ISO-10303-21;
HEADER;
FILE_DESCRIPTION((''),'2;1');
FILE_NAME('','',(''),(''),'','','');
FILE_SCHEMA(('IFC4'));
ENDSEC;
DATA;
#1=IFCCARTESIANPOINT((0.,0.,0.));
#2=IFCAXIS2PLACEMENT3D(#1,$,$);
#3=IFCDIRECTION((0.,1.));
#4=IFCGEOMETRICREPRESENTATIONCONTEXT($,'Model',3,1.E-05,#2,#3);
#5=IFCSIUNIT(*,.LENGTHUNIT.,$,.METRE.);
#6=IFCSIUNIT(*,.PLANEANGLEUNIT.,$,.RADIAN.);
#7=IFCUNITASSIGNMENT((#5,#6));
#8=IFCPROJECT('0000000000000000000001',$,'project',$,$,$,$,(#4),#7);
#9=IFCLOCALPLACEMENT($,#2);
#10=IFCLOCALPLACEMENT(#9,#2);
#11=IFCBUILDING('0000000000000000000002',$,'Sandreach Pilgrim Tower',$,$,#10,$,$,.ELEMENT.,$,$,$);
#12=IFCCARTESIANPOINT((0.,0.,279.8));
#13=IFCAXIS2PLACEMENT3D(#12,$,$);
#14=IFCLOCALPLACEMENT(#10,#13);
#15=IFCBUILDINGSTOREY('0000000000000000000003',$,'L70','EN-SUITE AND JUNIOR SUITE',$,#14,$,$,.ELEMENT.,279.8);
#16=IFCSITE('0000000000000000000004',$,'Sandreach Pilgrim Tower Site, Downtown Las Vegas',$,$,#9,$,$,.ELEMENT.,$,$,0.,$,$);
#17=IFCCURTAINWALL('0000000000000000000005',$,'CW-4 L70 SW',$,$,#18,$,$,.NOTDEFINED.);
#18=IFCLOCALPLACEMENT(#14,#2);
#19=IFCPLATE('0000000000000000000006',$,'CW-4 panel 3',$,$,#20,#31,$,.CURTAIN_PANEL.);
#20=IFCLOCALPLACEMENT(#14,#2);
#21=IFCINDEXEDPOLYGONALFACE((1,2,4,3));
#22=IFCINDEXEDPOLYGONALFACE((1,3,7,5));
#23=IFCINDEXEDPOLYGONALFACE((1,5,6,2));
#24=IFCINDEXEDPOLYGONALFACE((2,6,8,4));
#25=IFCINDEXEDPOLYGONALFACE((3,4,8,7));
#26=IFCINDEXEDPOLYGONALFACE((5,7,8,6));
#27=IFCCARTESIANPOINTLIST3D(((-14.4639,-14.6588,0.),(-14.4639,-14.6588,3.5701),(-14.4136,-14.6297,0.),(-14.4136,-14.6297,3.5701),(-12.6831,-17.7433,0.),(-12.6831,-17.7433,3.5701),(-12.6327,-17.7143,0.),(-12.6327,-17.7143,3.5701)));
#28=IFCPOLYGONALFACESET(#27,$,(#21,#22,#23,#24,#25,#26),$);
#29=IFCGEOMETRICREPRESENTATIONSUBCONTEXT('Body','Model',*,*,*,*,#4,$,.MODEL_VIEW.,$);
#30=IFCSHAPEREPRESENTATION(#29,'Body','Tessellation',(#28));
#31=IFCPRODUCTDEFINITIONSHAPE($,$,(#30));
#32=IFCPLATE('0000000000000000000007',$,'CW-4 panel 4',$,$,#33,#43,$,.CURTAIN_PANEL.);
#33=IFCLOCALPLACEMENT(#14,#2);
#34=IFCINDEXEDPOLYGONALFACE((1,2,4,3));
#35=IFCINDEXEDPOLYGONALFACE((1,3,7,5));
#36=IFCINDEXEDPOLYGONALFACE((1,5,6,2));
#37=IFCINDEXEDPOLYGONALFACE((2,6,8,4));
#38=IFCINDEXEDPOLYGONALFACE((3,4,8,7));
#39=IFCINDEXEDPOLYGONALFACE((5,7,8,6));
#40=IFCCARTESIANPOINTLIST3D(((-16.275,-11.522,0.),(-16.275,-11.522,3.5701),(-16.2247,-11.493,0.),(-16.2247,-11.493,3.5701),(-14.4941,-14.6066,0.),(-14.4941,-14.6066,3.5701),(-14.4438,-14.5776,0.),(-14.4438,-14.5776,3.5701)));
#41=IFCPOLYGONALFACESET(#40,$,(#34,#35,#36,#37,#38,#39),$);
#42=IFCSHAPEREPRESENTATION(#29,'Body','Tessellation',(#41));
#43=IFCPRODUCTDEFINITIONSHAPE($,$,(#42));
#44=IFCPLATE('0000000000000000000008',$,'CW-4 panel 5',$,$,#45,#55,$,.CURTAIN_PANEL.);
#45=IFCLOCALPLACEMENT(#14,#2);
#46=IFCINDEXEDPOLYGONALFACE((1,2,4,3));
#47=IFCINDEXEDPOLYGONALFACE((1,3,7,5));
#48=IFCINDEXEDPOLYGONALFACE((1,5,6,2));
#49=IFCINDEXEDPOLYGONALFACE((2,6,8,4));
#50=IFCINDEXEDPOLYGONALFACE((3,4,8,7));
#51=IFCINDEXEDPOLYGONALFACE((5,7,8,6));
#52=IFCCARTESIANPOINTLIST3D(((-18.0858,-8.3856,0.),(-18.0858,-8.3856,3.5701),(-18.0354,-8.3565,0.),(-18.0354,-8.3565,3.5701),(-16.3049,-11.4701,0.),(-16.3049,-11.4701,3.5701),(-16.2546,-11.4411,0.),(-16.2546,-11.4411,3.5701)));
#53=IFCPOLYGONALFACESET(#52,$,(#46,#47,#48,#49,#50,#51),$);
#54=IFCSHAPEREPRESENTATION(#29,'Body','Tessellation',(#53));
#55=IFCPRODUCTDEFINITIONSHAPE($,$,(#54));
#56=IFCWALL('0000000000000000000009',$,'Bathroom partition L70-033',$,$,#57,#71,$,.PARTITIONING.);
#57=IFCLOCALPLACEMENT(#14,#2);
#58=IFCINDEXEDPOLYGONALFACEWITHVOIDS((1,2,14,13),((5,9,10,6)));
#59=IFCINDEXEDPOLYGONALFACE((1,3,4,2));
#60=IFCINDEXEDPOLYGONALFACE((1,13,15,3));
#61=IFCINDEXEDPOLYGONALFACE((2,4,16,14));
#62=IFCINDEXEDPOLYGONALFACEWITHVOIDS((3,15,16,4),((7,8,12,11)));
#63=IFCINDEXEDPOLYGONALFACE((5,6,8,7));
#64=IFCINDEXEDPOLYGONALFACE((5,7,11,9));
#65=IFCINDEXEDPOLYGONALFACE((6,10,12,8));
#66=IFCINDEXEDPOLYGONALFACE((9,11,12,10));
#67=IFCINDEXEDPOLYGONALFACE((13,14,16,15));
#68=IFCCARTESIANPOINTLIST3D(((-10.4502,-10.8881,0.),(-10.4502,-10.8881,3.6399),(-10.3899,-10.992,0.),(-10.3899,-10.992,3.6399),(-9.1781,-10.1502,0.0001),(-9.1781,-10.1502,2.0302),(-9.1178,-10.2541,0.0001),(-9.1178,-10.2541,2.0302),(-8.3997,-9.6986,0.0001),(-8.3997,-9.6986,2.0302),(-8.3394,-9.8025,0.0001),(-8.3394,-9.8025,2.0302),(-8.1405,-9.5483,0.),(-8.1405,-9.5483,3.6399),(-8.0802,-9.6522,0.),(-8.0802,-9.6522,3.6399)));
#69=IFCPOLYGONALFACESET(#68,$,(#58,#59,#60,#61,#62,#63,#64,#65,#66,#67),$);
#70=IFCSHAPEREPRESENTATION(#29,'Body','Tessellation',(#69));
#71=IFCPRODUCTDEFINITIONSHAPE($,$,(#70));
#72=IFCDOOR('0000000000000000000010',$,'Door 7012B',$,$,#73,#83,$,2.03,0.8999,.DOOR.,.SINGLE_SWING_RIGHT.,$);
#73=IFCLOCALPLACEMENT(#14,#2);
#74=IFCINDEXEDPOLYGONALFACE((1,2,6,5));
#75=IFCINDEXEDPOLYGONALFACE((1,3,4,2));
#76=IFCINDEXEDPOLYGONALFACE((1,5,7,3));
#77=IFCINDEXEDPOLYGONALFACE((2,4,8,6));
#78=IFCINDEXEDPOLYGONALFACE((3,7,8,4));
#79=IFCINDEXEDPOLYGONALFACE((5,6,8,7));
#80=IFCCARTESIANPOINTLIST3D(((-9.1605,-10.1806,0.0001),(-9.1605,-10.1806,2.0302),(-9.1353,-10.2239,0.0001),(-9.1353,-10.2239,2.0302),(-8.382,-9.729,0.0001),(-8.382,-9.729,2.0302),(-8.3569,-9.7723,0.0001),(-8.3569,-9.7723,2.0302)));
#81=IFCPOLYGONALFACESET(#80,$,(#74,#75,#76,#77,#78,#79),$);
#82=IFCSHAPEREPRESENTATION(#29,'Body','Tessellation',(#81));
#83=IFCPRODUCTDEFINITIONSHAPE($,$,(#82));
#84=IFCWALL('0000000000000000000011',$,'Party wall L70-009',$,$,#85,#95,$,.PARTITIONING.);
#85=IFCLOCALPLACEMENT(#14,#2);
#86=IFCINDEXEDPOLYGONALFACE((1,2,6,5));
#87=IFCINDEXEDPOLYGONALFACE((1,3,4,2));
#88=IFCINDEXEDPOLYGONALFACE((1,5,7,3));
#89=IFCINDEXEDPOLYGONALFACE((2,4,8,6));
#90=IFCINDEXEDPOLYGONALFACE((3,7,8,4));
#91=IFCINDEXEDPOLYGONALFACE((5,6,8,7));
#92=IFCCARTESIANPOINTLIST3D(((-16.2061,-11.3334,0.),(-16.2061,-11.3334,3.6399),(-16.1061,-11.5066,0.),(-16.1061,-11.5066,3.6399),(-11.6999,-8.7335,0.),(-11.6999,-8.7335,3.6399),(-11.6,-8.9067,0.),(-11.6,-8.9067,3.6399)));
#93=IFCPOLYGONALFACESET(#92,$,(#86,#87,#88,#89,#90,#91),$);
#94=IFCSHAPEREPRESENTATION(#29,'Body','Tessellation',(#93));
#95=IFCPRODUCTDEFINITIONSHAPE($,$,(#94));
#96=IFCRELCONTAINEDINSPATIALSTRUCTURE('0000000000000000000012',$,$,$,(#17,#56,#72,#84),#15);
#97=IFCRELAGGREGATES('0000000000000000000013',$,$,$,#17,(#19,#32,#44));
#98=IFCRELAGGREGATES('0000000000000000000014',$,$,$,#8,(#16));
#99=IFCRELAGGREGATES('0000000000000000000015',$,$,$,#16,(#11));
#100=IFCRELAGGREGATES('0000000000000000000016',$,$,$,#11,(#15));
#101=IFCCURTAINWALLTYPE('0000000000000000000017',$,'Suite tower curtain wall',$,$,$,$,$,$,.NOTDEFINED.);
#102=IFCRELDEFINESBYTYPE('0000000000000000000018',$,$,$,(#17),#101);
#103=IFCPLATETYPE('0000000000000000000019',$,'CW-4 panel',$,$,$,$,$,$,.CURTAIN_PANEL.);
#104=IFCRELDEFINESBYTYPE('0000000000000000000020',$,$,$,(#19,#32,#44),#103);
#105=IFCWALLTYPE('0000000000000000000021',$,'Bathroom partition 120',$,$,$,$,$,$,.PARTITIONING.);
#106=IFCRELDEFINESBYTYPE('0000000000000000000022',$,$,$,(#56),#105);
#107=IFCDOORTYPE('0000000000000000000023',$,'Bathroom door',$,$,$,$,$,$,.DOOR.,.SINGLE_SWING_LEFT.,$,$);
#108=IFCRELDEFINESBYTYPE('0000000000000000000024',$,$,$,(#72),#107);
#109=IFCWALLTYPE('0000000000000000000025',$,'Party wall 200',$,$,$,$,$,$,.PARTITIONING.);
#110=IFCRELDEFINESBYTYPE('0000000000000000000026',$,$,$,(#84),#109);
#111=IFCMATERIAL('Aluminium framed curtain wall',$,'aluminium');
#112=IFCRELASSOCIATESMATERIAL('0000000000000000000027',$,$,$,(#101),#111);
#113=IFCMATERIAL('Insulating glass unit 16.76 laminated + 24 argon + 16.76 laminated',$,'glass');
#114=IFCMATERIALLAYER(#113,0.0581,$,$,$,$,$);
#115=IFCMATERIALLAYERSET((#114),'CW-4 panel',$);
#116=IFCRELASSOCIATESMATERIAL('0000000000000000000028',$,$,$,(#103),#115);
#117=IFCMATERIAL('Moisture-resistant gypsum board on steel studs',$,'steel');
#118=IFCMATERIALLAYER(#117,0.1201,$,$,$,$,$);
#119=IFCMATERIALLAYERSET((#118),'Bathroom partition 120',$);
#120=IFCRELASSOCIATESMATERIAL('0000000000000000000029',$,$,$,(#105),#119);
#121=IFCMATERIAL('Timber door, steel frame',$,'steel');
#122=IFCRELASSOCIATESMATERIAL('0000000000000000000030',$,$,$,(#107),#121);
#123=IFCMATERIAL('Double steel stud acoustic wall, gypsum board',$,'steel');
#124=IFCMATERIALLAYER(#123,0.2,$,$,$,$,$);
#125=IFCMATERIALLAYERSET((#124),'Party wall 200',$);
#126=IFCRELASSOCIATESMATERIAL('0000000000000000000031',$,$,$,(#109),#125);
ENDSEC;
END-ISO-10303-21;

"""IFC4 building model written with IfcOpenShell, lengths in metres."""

from ifc_helpers import new_model, si_unit, direction, frame, frame_2d, origin, origin_2d, place, context, subcontext, project, spatial, rectangle, extrude, material, layer, layer_set, type_object, element, fill, aggregate, save


model = new_model("IFC4")

# Units and contexts
model_context = context("Model", 3, precision=1e-05, world=origin(), true_north=direction((0.0, 1.0)))
body_context = subcontext(model_context, "Body", "Model", "MODEL_VIEW")
ifc_project = project(units=[si_unit("LENGTHUNIT", "METRE"), si_unit("PLANEANGLEUNIT", "RADIAN")], contexts=[model_context])

# Site, building, storey
site_placement = place(None, origin())
site = spatial("IfcSite", under=ifc_project, at=site_placement, Name="Sandreach Pilgrim Tower Site, Downtown Las Vegas", CompositionType="ELEMENT", RefElevation=0.0)
building_placement = place(site_placement, origin())
building = spatial("IfcBuilding", under=site, at=building_placement, Name="Sandreach Pilgrim Tower", CompositionType="ELEMENT")
storey_placement = place(building_placement, frame((0.0, 0.0, 279.8)))
storey = spatial("IfcBuildingStorey", under=building, at=storey_placement, Name="L70", Description="EN-SUITE AND JUNIOR SUITE", CompositionType="ELEMENT", Elevation=279.8)

# Curtain wall
ifc_material_1 = material(Name="Aluminium framed curtain wall", Category="aluminium")
curtain_wall_type = type_object("IfcCurtainWallType", Name="Suite tower curtain wall", PredefinedType="NOTDEFINED", material=ifc_material_1)
curtain_wall_placement = place(storey_placement, origin())
curtain_wall = element("IfcCurtainWall", 1, at=curtain_wall_placement, inside=storey, type_object=curtain_wall_type, Name="CW-4 L70 SW", PredefinedType="NOTDEFINED")

# Plates
ifc_material_2 = material(Name="Insulating glass unit 16.76 laminated + 24 argon + 16.76 laminated", Category="glass")
ifc_layer_1 = layer(ifc_material_2, 0.0581)
ifc_layer_set_1 = layer_set([ifc_layer_1], Name="CW-4 panel")
plate_type = type_object("IfcPlateType", Name="CW-4 panel", PredefinedType="CURTAIN_PANEL", material=ifc_layer_set_1)
plate_1_placement = place(storey_placement, frame((-13.5483, -16.1865, 0.0), z_axis=(0.0, 0.0, 1.0), x_axis=(-0.5, 0.866025, 0.0)))
plate_1 = element("IfcPlate", 2, at=plate_1_placement, type_object=plate_type, Name="CW-4 panel 3", PredefinedType="CURTAIN_PANEL", context=body_context, shape_type="SweptSolid", body=[
    extrude(rectangle(XDim=3.5618, YDim=0.0581, at=origin_2d()), origin(), (0.0, 0.0, 1.0), 3.5701),
])
plate_2_placement = place(storey_placement, frame((-15.3594, -13.0498, 0.0), z_axis=(0.0, 0.0, 1.0), x_axis=(-0.5, 0.866025, 0.0)))
plate_2 = element("IfcPlate", 3, at=plate_2_placement, type_object=plate_type, Name="CW-4 panel 4", PredefinedType="CURTAIN_PANEL", context=body_context, shape_type="SweptSolid", body=[
    extrude(rectangle(XDim=3.5618, YDim=0.0581, at=origin_2d()), origin(), (0.0, 0.0, 1.0), 3.5701),
])
plate_3_placement = place(storey_placement, frame((-17.1702, -9.9133, 0.0), z_axis=(0.0, 0.0, 1.0), x_axis=(-0.5, 0.866025, 0.0)))
plate_3 = element("IfcPlate", 4, at=plate_3_placement, type_object=plate_type, Name="CW-4 panel 5", PredefinedType="CURTAIN_PANEL", context=body_context, shape_type="SweptSolid", body=[
    extrude(rectangle(XDim=3.5618, YDim=0.0581, at=origin_2d()), origin(), (0.0, 0.0, 1.0), 3.5701),
])
aggregate(curtain_wall, [plate_1, plate_2, plate_3])

# Wall, opening, door
ifc_material_3 = material(Name="Moisture-resistant gypsum board on steel studs", Category="steel")
ifc_layer_2 = layer(ifc_material_3, 0.1201)
ifc_layer_set_2 = layer_set([ifc_layer_2], Name="Bathroom partition 120")
wall_type_1 = type_object("IfcWallType", Name="Bathroom partition 120", PredefinedType="PARTITIONING", material=ifc_layer_set_2)
wall_1_placement = place(storey_placement, frame((-10.4199, -10.9399, 0.0), z_axis=(0.0, 0.0, 1.0), x_axis=(0.865007, 0.501761, 0.0)))
wall_1 = element("IfcWall", 5, at=wall_1_placement, inside=storey, type_object=wall_type_1, Name="Bathroom partition L70-033", PredefinedType="PARTITIONING", context=body_context, shape_type="SweptSolid", body=[
    extrude(rectangle(XDim=2.6702, YDim=0.1201, at=frame_2d((1.335, 0.0))), origin(), (0.0, 0.0, 1.0), 3.6399),
])
opening_placement = place(wall_1_placement, frame((1.4705, 0.0, 0.0)))
opening = element("IfcOpeningElement", 6, at=opening_placement, cuts=wall_1, PredefinedType="OPENING", context=body_context, shape_type="SweptSolid", body=[
    extrude(rectangle(XDim=0.8999, YDim=2.03, at=frame_2d((0.45, 1.0151))), frame((0.0, 0.0601, 0.0), z_axis=(0.0, -1.0, 0.0), x_axis=(1.0, 0.0, 0.0)), (0.0, 0.0, 1.0), 0.1201),
])
ifc_material_4 = material(Name="Timber door, steel frame", Category="steel")
door_type = type_object("IfcDoorType", Name="Bathroom door", OperationType="SINGLE_SWING_LEFT", PredefinedType="DOOR", material=ifc_material_4)
door_placement = place(opening_placement, origin())
door = element("IfcDoor", 7, at=door_placement, inside=storey, type_object=door_type, Name="Door 7012B", OperationType="SINGLE_SWING_RIGHT", OverallHeight=2.03, OverallWidth=0.8999, PredefinedType="DOOR", context=body_context, shape_type="SweptSolid", body=[
    extrude(rectangle(XDim=0.8999, YDim=2.03, at=frame_2d((0.45, 1.0151))), frame((0.0, 0.0249, 0.0), z_axis=(0.0, -1.0, 0.0), x_axis=(1.0, 0.0, 0.0)), (0.0, 0.0, 1.0), 0.05),
])
fill(opening, door)

# Wall
ifc_material_5 = material(Name="Double steel stud acoustic wall, gypsum board", Category="steel")
ifc_layer_3 = layer(ifc_material_5, 0.2)
ifc_layer_set_3 = layer_set([ifc_layer_3], Name="Party wall 200")
wall_type_2 = type_object("IfcWallType", Name="Party wall 200", PredefinedType="PARTITIONING", material=ifc_layer_set_3)
wall_2_placement = place(storey_placement, frame((-16.156, -11.4199, 0.0), z_axis=(0.0, 0.0, 1.0), x_axis=(0.866171, 0.499748, 0.0)))
element("IfcWall", 8, at=wall_2_placement, inside=storey, type_object=wall_type_2, Name="Party wall L70-009", PredefinedType="PARTITIONING", context=body_context, shape_type="SweptSolid", body=[
    extrude(rectangle(XDim=5.2024, YDim=0.2, at=frame_2d((2.6011, 0.0))), origin(), (0.0, 0.0, 1.0), 3.6399),
])

save(model, "model.ifc")
